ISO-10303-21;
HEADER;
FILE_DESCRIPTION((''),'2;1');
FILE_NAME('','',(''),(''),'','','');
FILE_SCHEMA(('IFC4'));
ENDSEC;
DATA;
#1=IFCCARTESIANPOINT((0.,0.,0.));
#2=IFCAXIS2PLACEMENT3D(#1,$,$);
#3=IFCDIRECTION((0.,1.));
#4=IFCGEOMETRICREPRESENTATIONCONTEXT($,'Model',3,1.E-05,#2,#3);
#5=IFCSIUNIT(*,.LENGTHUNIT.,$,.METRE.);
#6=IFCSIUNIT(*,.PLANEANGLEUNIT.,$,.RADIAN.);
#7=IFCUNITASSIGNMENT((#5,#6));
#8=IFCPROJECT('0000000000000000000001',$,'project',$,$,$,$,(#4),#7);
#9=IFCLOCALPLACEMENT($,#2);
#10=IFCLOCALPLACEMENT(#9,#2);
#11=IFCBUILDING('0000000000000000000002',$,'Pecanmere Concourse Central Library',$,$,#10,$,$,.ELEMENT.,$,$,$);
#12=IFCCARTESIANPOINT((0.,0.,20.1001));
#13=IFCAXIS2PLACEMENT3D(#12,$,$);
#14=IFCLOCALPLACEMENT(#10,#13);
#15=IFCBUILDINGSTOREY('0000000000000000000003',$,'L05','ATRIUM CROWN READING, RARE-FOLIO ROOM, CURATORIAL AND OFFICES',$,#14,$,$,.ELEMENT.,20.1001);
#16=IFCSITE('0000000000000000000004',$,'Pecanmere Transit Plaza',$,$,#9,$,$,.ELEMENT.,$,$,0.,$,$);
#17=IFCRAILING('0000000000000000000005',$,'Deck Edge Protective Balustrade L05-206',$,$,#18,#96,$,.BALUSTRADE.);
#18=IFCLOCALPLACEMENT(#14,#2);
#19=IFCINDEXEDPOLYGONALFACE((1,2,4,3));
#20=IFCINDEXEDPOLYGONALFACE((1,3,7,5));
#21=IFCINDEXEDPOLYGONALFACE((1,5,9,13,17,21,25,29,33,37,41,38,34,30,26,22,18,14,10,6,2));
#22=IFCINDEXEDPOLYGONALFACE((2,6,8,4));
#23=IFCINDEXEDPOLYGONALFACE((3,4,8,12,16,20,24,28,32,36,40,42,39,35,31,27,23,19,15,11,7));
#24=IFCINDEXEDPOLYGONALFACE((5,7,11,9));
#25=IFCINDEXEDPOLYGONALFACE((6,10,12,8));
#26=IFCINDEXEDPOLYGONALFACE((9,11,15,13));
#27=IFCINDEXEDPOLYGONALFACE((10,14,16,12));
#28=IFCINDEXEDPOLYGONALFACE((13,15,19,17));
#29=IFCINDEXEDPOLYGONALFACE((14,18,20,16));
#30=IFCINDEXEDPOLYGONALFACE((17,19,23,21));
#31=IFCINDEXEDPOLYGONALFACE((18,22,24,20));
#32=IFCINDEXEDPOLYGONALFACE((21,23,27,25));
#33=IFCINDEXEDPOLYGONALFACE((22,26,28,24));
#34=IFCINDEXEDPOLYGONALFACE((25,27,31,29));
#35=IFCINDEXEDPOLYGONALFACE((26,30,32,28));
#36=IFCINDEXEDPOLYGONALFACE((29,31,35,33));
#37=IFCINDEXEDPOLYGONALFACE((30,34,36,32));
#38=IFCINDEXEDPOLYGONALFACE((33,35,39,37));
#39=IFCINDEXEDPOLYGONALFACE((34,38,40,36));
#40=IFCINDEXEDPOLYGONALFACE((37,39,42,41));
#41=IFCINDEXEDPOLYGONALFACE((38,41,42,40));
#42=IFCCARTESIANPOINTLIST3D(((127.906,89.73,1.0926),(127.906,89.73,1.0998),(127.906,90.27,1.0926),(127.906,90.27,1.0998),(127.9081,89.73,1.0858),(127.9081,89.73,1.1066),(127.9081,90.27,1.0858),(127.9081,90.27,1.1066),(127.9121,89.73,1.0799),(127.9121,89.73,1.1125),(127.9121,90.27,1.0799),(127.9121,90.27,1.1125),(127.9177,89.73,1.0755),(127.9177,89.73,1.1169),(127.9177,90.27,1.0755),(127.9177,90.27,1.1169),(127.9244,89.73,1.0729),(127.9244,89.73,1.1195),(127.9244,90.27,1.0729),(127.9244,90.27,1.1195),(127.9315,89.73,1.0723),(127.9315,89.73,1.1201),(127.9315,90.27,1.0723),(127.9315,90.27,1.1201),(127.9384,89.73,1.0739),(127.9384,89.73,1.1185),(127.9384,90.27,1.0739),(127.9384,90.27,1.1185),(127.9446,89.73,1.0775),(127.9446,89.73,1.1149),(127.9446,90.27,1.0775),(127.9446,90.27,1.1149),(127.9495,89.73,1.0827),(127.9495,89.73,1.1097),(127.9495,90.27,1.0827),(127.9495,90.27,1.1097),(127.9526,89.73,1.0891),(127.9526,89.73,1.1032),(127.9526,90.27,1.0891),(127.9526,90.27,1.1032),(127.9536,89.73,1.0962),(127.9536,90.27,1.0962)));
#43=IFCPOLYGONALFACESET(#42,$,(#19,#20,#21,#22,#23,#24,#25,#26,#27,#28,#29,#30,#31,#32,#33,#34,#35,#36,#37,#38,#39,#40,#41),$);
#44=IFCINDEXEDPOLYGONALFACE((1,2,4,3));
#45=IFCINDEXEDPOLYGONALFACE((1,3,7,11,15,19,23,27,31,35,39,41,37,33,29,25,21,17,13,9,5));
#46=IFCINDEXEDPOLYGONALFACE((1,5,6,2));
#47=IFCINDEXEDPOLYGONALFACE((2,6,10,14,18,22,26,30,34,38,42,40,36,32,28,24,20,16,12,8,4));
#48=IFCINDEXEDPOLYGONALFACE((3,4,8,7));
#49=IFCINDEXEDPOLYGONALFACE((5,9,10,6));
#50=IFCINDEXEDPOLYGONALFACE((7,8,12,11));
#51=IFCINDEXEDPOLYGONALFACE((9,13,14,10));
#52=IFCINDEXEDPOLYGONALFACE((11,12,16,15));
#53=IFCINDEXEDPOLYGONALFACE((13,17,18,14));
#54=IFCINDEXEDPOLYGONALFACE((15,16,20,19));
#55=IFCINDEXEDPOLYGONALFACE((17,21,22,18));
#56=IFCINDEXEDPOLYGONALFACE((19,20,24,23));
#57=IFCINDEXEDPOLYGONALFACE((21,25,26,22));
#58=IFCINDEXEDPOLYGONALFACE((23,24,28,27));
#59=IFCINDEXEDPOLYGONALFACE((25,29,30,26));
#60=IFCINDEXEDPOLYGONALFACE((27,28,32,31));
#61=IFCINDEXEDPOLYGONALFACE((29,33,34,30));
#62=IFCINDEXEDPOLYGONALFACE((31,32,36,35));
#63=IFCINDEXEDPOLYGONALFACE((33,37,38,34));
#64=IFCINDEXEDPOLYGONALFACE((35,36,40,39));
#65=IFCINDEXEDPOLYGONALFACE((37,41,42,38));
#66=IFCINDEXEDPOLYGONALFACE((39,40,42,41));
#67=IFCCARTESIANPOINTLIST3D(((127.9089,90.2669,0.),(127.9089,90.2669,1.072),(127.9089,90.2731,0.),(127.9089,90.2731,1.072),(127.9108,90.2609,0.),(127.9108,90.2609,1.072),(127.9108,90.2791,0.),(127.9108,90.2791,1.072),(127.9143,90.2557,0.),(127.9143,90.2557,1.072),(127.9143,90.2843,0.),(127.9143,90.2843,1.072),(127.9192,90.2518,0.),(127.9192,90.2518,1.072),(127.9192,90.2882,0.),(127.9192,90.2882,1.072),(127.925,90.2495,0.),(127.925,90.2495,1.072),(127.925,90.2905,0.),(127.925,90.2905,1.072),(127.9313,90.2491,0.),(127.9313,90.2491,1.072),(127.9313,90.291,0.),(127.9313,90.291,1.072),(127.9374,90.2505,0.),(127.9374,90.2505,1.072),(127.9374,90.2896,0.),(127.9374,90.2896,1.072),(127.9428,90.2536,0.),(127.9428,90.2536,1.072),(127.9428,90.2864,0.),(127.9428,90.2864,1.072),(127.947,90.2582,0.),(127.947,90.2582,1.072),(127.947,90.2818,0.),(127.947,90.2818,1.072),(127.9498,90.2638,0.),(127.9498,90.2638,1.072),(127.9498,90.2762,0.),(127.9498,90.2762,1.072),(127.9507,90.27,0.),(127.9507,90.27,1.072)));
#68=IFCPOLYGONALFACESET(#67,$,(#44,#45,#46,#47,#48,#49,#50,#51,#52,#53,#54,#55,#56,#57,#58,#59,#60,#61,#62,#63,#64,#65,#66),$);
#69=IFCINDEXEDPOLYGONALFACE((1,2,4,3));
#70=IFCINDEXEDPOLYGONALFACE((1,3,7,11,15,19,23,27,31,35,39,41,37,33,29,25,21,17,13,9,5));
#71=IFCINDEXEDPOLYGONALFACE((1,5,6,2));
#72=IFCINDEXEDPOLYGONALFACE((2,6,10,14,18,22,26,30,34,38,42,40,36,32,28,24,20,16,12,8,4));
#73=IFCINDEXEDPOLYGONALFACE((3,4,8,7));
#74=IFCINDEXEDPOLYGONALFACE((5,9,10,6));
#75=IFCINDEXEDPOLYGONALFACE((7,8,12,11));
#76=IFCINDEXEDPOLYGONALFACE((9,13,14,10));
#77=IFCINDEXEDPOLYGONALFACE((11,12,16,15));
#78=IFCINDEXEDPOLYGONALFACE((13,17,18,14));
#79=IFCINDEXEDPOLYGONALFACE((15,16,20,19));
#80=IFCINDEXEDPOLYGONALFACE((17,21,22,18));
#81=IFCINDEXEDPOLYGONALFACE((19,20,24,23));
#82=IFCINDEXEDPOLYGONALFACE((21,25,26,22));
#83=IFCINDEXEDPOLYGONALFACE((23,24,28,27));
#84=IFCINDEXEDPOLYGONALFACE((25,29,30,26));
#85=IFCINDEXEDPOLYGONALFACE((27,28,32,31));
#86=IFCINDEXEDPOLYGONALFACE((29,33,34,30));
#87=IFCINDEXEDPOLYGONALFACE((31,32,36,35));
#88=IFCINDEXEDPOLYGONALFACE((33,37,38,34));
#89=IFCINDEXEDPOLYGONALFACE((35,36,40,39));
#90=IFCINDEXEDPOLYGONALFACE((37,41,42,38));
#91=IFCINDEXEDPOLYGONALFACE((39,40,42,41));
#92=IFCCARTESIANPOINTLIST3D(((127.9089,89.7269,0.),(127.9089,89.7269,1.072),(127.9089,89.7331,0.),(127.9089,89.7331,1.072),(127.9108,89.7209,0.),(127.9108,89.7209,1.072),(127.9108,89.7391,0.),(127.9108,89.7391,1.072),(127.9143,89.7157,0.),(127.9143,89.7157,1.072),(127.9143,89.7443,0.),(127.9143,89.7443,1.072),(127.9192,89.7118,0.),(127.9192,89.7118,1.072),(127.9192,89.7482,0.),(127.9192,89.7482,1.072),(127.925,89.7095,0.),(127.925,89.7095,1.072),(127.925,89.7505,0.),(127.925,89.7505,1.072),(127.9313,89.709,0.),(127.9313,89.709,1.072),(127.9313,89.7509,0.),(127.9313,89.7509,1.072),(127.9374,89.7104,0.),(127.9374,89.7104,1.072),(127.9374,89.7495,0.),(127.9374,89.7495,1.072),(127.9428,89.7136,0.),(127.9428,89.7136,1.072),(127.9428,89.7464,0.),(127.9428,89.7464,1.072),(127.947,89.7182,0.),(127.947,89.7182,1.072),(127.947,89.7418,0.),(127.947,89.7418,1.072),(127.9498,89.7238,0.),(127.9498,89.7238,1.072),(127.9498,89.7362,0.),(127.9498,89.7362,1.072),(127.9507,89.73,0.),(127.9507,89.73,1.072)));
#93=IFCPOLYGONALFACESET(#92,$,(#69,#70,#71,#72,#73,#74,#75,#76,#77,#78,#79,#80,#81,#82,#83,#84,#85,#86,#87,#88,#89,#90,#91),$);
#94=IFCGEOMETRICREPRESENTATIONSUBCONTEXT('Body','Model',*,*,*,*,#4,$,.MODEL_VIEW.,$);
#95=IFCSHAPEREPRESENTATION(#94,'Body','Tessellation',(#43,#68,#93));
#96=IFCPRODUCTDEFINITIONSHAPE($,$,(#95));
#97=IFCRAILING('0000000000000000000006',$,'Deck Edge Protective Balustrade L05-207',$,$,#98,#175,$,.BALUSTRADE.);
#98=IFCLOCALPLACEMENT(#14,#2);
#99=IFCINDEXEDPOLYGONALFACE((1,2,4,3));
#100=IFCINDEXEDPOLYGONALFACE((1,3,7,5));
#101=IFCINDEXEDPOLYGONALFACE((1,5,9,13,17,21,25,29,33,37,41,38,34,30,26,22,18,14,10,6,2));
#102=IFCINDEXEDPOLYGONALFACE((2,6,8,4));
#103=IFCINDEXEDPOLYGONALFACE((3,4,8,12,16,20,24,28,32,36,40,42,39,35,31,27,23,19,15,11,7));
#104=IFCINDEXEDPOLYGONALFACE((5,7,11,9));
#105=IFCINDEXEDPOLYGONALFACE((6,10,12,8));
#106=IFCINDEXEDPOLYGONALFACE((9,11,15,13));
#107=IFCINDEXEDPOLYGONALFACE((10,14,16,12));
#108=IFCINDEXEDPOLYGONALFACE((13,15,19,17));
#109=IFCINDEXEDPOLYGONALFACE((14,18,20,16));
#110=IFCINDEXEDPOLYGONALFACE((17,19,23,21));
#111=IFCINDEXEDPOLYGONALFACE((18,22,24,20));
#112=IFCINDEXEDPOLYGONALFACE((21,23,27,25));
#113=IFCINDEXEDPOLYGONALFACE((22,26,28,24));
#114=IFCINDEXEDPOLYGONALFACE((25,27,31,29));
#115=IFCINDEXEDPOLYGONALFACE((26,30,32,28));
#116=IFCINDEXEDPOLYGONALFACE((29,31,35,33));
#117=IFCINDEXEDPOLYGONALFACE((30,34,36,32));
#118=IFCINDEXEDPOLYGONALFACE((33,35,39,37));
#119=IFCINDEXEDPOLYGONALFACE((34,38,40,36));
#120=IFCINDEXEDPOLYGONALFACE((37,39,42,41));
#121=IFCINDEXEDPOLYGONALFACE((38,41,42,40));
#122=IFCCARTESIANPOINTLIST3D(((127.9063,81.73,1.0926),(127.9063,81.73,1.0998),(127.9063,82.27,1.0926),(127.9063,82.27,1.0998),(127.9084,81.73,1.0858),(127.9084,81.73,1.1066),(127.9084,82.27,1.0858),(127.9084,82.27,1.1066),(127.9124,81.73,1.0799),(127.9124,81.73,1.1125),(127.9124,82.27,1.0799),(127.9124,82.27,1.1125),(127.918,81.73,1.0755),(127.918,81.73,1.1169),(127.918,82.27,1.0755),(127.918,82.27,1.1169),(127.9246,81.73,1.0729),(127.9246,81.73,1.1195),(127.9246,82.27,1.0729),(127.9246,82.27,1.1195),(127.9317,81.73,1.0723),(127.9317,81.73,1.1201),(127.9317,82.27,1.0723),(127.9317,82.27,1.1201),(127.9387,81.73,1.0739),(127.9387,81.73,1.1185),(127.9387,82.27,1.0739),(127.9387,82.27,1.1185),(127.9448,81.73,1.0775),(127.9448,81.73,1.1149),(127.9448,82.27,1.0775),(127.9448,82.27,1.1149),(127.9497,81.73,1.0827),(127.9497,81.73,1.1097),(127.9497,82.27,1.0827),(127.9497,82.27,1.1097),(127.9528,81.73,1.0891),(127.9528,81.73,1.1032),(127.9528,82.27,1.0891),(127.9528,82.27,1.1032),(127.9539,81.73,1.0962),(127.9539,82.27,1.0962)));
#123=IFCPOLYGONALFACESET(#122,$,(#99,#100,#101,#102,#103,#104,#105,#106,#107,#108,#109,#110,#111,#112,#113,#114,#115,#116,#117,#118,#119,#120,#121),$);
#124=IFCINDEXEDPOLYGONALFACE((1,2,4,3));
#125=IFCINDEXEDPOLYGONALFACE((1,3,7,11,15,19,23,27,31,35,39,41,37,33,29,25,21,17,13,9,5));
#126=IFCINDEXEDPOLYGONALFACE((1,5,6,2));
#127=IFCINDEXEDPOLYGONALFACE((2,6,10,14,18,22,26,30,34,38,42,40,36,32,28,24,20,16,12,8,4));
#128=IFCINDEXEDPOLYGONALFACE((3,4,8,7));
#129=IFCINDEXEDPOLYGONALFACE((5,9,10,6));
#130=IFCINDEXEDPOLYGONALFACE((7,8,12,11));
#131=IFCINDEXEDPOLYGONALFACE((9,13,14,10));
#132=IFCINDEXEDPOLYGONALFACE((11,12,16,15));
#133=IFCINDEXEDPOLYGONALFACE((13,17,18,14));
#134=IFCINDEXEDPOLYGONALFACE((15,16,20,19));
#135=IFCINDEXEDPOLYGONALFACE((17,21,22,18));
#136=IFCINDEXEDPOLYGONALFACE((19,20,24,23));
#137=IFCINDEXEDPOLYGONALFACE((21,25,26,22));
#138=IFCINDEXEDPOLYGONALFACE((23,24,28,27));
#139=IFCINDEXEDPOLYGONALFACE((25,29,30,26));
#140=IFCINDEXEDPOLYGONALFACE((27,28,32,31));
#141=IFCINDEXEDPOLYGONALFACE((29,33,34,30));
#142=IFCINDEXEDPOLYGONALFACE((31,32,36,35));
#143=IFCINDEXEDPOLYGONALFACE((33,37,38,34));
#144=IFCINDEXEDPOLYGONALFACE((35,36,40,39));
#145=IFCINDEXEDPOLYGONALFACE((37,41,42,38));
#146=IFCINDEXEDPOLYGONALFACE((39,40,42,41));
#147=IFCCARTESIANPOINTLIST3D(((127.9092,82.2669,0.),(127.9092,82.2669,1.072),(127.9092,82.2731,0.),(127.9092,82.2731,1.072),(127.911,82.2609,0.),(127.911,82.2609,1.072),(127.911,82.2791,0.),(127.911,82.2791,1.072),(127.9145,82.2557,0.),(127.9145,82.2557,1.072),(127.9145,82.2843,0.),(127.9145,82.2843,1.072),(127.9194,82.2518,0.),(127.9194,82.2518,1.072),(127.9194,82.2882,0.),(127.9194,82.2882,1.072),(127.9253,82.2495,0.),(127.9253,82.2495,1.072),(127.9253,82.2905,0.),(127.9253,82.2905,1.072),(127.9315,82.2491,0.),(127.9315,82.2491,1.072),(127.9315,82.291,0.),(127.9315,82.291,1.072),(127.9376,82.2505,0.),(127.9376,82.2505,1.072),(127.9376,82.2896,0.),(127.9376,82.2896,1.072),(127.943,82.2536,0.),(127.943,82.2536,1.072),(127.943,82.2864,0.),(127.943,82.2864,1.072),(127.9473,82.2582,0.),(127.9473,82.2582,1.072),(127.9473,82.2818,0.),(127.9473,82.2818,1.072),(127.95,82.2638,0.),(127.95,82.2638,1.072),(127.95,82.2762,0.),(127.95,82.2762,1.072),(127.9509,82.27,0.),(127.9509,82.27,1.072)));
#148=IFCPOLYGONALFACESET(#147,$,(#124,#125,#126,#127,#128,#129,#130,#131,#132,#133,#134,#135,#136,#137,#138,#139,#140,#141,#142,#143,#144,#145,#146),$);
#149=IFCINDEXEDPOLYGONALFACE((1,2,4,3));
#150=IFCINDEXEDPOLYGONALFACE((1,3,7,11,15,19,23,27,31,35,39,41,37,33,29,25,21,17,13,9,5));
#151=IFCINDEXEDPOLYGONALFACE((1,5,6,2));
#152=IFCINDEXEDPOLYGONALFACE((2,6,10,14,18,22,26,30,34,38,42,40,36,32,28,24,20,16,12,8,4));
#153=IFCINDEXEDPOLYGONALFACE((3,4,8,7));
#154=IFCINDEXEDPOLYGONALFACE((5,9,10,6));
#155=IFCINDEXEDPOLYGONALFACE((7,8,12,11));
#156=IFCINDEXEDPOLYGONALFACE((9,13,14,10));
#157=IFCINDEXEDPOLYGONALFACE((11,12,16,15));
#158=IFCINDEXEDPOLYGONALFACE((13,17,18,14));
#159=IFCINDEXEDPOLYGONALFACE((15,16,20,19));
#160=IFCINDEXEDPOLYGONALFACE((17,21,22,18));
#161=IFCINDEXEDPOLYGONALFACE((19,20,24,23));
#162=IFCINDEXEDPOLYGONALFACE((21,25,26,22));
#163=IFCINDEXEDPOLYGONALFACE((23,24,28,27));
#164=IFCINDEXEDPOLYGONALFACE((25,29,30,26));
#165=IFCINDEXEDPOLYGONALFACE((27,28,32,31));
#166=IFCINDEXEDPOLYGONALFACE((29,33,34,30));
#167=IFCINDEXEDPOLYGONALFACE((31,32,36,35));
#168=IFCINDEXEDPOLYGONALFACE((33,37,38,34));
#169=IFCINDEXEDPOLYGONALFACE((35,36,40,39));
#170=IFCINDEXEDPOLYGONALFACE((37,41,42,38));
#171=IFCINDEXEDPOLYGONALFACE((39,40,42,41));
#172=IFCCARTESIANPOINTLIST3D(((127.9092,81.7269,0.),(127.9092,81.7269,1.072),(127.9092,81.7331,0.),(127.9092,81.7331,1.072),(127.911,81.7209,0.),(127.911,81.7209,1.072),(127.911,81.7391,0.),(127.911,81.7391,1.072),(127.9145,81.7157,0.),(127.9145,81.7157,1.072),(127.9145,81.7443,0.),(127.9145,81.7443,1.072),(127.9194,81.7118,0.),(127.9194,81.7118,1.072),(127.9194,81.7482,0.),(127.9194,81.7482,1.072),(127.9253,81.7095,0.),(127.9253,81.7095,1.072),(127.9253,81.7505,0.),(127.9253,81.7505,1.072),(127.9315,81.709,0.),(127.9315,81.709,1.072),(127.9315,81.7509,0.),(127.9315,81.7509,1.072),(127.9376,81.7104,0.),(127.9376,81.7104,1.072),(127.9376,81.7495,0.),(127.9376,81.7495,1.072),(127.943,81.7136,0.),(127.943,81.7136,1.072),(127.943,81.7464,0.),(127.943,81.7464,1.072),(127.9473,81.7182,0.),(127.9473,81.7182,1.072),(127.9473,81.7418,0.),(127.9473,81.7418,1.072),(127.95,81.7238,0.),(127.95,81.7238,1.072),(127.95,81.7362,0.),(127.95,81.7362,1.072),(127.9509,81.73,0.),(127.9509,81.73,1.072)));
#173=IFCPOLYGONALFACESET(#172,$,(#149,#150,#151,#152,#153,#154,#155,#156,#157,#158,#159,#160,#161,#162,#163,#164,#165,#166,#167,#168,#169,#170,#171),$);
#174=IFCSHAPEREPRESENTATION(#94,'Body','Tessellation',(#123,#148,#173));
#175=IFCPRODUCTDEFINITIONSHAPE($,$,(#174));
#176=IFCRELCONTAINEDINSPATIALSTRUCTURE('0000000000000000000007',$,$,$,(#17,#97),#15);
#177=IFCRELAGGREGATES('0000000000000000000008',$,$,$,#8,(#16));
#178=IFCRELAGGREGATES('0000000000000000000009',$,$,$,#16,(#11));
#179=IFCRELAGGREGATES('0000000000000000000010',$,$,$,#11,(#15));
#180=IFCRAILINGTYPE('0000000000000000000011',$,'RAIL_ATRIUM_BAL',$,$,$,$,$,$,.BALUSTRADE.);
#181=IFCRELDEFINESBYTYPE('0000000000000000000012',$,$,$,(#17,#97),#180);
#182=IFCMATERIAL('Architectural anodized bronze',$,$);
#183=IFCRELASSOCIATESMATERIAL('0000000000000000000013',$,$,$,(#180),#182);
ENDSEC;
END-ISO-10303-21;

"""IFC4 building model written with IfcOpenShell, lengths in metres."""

from ifc_helpers import new_model, si_unit, direction, frame, origin, origin_2d, place, context, subcontext, project, spatial, circle, extrude, material, type_object, element, save


model = new_model("IFC4")

# Units and contexts
model_context = context("Model", 3, precision=1e-05, world=origin(), true_north=direction((0.0, 1.0)))
body_context = subcontext(model_context, "Body", "Model", "MODEL_VIEW")
ifc_project = project(units=[si_unit("LENGTHUNIT", "METRE"), si_unit("PLANEANGLEUNIT", "RADIAN")], contexts=[model_context])

# Site, building, storey
site_placement = place(None, origin())
site = spatial("IfcSite", under=ifc_project, at=site_placement, Name="Pecanmere Transit Plaza", CompositionType="ELEMENT", RefElevation=0.0)
building_placement = place(site_placement, origin())
building = spatial("IfcBuilding", under=site, at=building_placement, Name="Pecanmere Concourse Central Library", CompositionType="ELEMENT")
storey_placement = place(building_placement, frame((0.0, 0.0, 20.1001)))
storey = spatial("IfcBuildingStorey", under=building, at=storey_placement, Name="L05", Description="ATRIUM CROWN READING, RARE-FOLIO ROOM, CURATORIAL AND OFFICES", CompositionType="ELEMENT", Elevation=20.1001)

# Railings
ifc_material_1 = material(Name="Architectural anodized bronze")
railing_type = type_object("IfcRailingType", Name="RAIL_ATRIUM_BAL", PredefinedType="BALUSTRADE", material=ifc_material_1)
for number, where, name in (
    (1, (127.9297, 90.27, 0.0), "Deck Edge Protective Balustrade L05-206"),
    (2, (127.9299, 82.27, 0.0), "Deck Edge Protective Balustrade L05-207"),
):
    element("IfcRailing", number, at=place(storey_placement, frame(where)), inside=storey, type_object=railing_type, Name=name, PredefinedType="BALUSTRADE", context=body_context, shape_type="SweptSolid", body=[
        extrude(circle(Radius=0.0239, at=origin_2d()), frame((0.0, 0.0, 1.0962), z_axis=(0.0, -1.0, 0.0), x_axis=(1.0, 0.0, 0.0)), (0.0, 0.0, 1.0), 0.54),
        extrude(circle(Radius=0.021, at=origin_2d()), origin(), (0.0, 0.0, 1.0), 1.072),
        extrude(circle(Radius=0.021, at=origin_2d()), frame((0.0, -0.54, 0.0)), (0.0, 0.0, 1.0), 1.072),
    ])

save(model, "model.ifc")
